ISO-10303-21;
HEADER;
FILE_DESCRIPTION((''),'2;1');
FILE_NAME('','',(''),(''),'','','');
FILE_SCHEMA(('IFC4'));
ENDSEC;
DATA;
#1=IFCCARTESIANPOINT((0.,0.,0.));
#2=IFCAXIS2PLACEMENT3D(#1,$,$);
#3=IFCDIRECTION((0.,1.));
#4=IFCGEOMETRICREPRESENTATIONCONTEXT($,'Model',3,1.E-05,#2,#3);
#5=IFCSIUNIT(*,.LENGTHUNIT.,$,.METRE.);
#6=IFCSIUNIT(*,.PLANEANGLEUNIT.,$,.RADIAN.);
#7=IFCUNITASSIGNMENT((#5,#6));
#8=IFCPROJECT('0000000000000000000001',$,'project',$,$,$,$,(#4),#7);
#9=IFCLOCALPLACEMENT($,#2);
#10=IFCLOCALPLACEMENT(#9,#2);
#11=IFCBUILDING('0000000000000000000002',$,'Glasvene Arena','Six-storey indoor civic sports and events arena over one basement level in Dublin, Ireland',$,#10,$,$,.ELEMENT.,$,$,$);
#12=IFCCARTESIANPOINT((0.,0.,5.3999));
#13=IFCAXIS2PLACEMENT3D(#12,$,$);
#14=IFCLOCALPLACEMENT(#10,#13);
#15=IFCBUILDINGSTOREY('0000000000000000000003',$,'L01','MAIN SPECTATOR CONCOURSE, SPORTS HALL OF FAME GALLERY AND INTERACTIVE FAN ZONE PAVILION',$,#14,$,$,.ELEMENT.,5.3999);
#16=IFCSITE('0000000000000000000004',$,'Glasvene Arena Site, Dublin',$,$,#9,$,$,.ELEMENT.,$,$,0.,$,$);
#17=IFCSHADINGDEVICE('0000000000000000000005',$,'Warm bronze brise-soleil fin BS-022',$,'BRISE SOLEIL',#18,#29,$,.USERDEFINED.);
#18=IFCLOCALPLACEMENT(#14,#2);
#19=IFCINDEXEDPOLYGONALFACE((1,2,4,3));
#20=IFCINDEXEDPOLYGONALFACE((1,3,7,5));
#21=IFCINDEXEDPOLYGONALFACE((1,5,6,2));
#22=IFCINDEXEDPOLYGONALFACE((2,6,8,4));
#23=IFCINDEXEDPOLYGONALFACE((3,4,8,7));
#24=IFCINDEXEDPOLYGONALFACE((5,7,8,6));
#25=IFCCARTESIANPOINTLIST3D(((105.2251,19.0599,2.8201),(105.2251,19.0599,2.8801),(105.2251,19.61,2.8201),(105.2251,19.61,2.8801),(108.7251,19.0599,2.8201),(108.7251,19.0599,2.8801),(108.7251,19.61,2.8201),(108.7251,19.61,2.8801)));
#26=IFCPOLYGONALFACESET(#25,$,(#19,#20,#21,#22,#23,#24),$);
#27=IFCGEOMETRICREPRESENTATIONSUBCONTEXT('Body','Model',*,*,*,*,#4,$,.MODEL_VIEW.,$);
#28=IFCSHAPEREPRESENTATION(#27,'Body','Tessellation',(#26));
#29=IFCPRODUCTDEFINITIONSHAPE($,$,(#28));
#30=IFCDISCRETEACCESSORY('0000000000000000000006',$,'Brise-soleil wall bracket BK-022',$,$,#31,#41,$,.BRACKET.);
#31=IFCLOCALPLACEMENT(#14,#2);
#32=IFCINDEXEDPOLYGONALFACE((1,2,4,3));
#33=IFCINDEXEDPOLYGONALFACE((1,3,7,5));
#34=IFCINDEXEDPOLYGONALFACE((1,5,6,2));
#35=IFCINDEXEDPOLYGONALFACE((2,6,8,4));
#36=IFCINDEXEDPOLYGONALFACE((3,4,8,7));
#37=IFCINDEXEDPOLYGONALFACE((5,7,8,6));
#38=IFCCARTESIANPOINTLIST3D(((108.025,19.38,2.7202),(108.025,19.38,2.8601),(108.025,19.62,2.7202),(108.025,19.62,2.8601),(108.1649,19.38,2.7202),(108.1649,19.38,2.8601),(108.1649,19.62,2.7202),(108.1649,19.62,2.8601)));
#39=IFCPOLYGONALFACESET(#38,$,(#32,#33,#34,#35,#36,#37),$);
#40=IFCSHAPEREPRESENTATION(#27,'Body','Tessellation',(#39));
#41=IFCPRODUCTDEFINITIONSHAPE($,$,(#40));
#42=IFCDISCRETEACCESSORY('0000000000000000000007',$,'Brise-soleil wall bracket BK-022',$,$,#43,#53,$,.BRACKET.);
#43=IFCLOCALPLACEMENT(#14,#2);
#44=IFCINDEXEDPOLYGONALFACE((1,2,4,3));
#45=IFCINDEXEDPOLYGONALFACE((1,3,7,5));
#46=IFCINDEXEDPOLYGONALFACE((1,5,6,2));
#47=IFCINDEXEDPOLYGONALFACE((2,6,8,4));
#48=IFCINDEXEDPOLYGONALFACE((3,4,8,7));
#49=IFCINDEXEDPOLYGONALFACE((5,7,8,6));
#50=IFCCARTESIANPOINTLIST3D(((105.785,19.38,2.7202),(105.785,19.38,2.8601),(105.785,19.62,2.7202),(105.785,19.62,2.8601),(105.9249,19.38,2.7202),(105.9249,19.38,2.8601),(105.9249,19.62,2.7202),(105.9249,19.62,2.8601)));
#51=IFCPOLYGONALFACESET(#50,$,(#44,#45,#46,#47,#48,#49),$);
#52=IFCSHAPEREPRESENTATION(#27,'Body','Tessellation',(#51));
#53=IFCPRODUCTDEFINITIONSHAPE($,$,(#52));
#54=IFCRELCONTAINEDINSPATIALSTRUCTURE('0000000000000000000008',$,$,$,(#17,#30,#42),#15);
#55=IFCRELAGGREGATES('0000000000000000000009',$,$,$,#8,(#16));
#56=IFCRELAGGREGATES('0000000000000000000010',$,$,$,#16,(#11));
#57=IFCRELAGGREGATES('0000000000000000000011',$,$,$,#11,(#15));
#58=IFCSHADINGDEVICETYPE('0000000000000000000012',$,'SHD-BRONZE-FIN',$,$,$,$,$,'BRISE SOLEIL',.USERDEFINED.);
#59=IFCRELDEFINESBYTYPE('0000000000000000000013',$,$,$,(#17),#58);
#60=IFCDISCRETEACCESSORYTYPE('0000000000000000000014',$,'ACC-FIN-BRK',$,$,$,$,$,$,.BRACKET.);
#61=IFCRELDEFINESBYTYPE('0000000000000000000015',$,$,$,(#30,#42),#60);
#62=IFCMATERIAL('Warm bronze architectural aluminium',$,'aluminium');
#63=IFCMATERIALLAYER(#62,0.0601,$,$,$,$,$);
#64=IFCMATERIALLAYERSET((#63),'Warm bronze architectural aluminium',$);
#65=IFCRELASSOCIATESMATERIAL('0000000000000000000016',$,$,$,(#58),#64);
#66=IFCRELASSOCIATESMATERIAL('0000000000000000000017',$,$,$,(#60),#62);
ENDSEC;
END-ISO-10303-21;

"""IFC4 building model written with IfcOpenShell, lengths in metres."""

from ifc_helpers import new_model, si_unit, direction, frame, origin, origin_2d, place, context, subcontext, project, spatial, rectangle, extrude, material, layer, layer_set, type_object, element, save


model = new_model("IFC4")

# Units and contexts
model_context = context("Model", 3, precision=1e-05, world=origin(), true_north=direction((0.0, 1.0)))
body_context = subcontext(model_context, "Body", "Model", "MODEL_VIEW")
ifc_project = project(units=[si_unit("LENGTHUNIT", "METRE"), si_unit("PLANEANGLEUNIT", "RADIAN")], contexts=[model_context])

# Site, building, storey
site_placement = place(None, origin())
site = spatial("IfcSite", under=ifc_project, at=site_placement, Name="Glasvene Arena Site, Dublin", CompositionType="ELEMENT", RefElevation=0.0)
building_placement = place(site_placement, origin())
building = spatial("IfcBuilding", under=site, at=building_placement, Name="Glasvene Arena", Description="Six-storey indoor civic sports and events arena over one basement level in Dublin, Ireland", CompositionType="ELEMENT")
storey_placement = place(building_placement, frame((0.0, 0.0, 5.3999)))
storey = spatial("IfcBuildingStorey", under=building, at=storey_placement, Name="L01", Description="MAIN SPECTATOR CONCOURSE, SPORTS HALL OF FAME GALLERY AND INTERACTIVE FAN ZONE PAVILION", CompositionType="ELEMENT", Elevation=5.3999)

# Shading device
ifc_material_1 = material(Name="Warm bronze architectural aluminium", Category="aluminium")
ifc_layer_1 = layer(ifc_material_1, 0.0601)
ifc_layer_set_1 = layer_set([ifc_layer_1], Name="Warm bronze architectural aluminium")
shading_device_type = type_object("IfcShadingDeviceType", Name="SHD-BRONZE-FIN", ElementType="BRISE SOLEIL", PredefinedType="USERDEFINED", material=ifc_layer_set_1)
shading_device_placement = place(storey_placement, frame((106.9751, 19.335, 2.8201), z_axis=(0.0, 0.0, 1.0), x_axis=(-1.0, 0.0, 0.0)))
element("IfcShadingDevice", 1, at=shading_device_placement, inside=storey, type_object=shading_device_type, Name="Warm bronze brise-soleil fin BS-022", ObjectType="BRISE SOLEIL", PredefinedType="USERDEFINED", context=body_context, shape_type="SweptSolid", body=[
    extrude(rectangle(XDim=3.5, YDim=0.55, at=origin_2d()), origin(), (0.0, 0.0, 1.0), 0.0601),
])

# Discrete accessories
discrete_accessory_type = type_object("IfcDiscreteAccessoryType", Name="ACC-FIN-BRK", PredefinedType="BRACKET", material=ifc_material_1)
for number, where, z_axis, x_axis, name in (
    (2, (108.095, 19.5, 2.7202), (0.0, 0.0, 1.0), (-1.0, 0.0, 0.0), "Brise-soleil wall bracket BK-022"),
    (3, (105.855, 19.5, 2.7202), (0.0, 0.0, 1.0), (-1.0, 0.0, 0.0), "Brise-soleil wall bracket BK-022"),
):
    element("IfcDiscreteAccessory", number, at=place(storey_placement, frame(where, z_axis=z_axis, x_axis=x_axis)), inside=storey, type_object=discrete_accessory_type, Name=name, PredefinedType="BRACKET", context=body_context, shape_type="SweptSolid", body=[
        extrude(rectangle(XDim=0.1399, YDim=0.24, at=origin_2d()), origin(), (0.0, 0.0, 1.0), 0.1399),
    ])

save(model, "model.ifc")
